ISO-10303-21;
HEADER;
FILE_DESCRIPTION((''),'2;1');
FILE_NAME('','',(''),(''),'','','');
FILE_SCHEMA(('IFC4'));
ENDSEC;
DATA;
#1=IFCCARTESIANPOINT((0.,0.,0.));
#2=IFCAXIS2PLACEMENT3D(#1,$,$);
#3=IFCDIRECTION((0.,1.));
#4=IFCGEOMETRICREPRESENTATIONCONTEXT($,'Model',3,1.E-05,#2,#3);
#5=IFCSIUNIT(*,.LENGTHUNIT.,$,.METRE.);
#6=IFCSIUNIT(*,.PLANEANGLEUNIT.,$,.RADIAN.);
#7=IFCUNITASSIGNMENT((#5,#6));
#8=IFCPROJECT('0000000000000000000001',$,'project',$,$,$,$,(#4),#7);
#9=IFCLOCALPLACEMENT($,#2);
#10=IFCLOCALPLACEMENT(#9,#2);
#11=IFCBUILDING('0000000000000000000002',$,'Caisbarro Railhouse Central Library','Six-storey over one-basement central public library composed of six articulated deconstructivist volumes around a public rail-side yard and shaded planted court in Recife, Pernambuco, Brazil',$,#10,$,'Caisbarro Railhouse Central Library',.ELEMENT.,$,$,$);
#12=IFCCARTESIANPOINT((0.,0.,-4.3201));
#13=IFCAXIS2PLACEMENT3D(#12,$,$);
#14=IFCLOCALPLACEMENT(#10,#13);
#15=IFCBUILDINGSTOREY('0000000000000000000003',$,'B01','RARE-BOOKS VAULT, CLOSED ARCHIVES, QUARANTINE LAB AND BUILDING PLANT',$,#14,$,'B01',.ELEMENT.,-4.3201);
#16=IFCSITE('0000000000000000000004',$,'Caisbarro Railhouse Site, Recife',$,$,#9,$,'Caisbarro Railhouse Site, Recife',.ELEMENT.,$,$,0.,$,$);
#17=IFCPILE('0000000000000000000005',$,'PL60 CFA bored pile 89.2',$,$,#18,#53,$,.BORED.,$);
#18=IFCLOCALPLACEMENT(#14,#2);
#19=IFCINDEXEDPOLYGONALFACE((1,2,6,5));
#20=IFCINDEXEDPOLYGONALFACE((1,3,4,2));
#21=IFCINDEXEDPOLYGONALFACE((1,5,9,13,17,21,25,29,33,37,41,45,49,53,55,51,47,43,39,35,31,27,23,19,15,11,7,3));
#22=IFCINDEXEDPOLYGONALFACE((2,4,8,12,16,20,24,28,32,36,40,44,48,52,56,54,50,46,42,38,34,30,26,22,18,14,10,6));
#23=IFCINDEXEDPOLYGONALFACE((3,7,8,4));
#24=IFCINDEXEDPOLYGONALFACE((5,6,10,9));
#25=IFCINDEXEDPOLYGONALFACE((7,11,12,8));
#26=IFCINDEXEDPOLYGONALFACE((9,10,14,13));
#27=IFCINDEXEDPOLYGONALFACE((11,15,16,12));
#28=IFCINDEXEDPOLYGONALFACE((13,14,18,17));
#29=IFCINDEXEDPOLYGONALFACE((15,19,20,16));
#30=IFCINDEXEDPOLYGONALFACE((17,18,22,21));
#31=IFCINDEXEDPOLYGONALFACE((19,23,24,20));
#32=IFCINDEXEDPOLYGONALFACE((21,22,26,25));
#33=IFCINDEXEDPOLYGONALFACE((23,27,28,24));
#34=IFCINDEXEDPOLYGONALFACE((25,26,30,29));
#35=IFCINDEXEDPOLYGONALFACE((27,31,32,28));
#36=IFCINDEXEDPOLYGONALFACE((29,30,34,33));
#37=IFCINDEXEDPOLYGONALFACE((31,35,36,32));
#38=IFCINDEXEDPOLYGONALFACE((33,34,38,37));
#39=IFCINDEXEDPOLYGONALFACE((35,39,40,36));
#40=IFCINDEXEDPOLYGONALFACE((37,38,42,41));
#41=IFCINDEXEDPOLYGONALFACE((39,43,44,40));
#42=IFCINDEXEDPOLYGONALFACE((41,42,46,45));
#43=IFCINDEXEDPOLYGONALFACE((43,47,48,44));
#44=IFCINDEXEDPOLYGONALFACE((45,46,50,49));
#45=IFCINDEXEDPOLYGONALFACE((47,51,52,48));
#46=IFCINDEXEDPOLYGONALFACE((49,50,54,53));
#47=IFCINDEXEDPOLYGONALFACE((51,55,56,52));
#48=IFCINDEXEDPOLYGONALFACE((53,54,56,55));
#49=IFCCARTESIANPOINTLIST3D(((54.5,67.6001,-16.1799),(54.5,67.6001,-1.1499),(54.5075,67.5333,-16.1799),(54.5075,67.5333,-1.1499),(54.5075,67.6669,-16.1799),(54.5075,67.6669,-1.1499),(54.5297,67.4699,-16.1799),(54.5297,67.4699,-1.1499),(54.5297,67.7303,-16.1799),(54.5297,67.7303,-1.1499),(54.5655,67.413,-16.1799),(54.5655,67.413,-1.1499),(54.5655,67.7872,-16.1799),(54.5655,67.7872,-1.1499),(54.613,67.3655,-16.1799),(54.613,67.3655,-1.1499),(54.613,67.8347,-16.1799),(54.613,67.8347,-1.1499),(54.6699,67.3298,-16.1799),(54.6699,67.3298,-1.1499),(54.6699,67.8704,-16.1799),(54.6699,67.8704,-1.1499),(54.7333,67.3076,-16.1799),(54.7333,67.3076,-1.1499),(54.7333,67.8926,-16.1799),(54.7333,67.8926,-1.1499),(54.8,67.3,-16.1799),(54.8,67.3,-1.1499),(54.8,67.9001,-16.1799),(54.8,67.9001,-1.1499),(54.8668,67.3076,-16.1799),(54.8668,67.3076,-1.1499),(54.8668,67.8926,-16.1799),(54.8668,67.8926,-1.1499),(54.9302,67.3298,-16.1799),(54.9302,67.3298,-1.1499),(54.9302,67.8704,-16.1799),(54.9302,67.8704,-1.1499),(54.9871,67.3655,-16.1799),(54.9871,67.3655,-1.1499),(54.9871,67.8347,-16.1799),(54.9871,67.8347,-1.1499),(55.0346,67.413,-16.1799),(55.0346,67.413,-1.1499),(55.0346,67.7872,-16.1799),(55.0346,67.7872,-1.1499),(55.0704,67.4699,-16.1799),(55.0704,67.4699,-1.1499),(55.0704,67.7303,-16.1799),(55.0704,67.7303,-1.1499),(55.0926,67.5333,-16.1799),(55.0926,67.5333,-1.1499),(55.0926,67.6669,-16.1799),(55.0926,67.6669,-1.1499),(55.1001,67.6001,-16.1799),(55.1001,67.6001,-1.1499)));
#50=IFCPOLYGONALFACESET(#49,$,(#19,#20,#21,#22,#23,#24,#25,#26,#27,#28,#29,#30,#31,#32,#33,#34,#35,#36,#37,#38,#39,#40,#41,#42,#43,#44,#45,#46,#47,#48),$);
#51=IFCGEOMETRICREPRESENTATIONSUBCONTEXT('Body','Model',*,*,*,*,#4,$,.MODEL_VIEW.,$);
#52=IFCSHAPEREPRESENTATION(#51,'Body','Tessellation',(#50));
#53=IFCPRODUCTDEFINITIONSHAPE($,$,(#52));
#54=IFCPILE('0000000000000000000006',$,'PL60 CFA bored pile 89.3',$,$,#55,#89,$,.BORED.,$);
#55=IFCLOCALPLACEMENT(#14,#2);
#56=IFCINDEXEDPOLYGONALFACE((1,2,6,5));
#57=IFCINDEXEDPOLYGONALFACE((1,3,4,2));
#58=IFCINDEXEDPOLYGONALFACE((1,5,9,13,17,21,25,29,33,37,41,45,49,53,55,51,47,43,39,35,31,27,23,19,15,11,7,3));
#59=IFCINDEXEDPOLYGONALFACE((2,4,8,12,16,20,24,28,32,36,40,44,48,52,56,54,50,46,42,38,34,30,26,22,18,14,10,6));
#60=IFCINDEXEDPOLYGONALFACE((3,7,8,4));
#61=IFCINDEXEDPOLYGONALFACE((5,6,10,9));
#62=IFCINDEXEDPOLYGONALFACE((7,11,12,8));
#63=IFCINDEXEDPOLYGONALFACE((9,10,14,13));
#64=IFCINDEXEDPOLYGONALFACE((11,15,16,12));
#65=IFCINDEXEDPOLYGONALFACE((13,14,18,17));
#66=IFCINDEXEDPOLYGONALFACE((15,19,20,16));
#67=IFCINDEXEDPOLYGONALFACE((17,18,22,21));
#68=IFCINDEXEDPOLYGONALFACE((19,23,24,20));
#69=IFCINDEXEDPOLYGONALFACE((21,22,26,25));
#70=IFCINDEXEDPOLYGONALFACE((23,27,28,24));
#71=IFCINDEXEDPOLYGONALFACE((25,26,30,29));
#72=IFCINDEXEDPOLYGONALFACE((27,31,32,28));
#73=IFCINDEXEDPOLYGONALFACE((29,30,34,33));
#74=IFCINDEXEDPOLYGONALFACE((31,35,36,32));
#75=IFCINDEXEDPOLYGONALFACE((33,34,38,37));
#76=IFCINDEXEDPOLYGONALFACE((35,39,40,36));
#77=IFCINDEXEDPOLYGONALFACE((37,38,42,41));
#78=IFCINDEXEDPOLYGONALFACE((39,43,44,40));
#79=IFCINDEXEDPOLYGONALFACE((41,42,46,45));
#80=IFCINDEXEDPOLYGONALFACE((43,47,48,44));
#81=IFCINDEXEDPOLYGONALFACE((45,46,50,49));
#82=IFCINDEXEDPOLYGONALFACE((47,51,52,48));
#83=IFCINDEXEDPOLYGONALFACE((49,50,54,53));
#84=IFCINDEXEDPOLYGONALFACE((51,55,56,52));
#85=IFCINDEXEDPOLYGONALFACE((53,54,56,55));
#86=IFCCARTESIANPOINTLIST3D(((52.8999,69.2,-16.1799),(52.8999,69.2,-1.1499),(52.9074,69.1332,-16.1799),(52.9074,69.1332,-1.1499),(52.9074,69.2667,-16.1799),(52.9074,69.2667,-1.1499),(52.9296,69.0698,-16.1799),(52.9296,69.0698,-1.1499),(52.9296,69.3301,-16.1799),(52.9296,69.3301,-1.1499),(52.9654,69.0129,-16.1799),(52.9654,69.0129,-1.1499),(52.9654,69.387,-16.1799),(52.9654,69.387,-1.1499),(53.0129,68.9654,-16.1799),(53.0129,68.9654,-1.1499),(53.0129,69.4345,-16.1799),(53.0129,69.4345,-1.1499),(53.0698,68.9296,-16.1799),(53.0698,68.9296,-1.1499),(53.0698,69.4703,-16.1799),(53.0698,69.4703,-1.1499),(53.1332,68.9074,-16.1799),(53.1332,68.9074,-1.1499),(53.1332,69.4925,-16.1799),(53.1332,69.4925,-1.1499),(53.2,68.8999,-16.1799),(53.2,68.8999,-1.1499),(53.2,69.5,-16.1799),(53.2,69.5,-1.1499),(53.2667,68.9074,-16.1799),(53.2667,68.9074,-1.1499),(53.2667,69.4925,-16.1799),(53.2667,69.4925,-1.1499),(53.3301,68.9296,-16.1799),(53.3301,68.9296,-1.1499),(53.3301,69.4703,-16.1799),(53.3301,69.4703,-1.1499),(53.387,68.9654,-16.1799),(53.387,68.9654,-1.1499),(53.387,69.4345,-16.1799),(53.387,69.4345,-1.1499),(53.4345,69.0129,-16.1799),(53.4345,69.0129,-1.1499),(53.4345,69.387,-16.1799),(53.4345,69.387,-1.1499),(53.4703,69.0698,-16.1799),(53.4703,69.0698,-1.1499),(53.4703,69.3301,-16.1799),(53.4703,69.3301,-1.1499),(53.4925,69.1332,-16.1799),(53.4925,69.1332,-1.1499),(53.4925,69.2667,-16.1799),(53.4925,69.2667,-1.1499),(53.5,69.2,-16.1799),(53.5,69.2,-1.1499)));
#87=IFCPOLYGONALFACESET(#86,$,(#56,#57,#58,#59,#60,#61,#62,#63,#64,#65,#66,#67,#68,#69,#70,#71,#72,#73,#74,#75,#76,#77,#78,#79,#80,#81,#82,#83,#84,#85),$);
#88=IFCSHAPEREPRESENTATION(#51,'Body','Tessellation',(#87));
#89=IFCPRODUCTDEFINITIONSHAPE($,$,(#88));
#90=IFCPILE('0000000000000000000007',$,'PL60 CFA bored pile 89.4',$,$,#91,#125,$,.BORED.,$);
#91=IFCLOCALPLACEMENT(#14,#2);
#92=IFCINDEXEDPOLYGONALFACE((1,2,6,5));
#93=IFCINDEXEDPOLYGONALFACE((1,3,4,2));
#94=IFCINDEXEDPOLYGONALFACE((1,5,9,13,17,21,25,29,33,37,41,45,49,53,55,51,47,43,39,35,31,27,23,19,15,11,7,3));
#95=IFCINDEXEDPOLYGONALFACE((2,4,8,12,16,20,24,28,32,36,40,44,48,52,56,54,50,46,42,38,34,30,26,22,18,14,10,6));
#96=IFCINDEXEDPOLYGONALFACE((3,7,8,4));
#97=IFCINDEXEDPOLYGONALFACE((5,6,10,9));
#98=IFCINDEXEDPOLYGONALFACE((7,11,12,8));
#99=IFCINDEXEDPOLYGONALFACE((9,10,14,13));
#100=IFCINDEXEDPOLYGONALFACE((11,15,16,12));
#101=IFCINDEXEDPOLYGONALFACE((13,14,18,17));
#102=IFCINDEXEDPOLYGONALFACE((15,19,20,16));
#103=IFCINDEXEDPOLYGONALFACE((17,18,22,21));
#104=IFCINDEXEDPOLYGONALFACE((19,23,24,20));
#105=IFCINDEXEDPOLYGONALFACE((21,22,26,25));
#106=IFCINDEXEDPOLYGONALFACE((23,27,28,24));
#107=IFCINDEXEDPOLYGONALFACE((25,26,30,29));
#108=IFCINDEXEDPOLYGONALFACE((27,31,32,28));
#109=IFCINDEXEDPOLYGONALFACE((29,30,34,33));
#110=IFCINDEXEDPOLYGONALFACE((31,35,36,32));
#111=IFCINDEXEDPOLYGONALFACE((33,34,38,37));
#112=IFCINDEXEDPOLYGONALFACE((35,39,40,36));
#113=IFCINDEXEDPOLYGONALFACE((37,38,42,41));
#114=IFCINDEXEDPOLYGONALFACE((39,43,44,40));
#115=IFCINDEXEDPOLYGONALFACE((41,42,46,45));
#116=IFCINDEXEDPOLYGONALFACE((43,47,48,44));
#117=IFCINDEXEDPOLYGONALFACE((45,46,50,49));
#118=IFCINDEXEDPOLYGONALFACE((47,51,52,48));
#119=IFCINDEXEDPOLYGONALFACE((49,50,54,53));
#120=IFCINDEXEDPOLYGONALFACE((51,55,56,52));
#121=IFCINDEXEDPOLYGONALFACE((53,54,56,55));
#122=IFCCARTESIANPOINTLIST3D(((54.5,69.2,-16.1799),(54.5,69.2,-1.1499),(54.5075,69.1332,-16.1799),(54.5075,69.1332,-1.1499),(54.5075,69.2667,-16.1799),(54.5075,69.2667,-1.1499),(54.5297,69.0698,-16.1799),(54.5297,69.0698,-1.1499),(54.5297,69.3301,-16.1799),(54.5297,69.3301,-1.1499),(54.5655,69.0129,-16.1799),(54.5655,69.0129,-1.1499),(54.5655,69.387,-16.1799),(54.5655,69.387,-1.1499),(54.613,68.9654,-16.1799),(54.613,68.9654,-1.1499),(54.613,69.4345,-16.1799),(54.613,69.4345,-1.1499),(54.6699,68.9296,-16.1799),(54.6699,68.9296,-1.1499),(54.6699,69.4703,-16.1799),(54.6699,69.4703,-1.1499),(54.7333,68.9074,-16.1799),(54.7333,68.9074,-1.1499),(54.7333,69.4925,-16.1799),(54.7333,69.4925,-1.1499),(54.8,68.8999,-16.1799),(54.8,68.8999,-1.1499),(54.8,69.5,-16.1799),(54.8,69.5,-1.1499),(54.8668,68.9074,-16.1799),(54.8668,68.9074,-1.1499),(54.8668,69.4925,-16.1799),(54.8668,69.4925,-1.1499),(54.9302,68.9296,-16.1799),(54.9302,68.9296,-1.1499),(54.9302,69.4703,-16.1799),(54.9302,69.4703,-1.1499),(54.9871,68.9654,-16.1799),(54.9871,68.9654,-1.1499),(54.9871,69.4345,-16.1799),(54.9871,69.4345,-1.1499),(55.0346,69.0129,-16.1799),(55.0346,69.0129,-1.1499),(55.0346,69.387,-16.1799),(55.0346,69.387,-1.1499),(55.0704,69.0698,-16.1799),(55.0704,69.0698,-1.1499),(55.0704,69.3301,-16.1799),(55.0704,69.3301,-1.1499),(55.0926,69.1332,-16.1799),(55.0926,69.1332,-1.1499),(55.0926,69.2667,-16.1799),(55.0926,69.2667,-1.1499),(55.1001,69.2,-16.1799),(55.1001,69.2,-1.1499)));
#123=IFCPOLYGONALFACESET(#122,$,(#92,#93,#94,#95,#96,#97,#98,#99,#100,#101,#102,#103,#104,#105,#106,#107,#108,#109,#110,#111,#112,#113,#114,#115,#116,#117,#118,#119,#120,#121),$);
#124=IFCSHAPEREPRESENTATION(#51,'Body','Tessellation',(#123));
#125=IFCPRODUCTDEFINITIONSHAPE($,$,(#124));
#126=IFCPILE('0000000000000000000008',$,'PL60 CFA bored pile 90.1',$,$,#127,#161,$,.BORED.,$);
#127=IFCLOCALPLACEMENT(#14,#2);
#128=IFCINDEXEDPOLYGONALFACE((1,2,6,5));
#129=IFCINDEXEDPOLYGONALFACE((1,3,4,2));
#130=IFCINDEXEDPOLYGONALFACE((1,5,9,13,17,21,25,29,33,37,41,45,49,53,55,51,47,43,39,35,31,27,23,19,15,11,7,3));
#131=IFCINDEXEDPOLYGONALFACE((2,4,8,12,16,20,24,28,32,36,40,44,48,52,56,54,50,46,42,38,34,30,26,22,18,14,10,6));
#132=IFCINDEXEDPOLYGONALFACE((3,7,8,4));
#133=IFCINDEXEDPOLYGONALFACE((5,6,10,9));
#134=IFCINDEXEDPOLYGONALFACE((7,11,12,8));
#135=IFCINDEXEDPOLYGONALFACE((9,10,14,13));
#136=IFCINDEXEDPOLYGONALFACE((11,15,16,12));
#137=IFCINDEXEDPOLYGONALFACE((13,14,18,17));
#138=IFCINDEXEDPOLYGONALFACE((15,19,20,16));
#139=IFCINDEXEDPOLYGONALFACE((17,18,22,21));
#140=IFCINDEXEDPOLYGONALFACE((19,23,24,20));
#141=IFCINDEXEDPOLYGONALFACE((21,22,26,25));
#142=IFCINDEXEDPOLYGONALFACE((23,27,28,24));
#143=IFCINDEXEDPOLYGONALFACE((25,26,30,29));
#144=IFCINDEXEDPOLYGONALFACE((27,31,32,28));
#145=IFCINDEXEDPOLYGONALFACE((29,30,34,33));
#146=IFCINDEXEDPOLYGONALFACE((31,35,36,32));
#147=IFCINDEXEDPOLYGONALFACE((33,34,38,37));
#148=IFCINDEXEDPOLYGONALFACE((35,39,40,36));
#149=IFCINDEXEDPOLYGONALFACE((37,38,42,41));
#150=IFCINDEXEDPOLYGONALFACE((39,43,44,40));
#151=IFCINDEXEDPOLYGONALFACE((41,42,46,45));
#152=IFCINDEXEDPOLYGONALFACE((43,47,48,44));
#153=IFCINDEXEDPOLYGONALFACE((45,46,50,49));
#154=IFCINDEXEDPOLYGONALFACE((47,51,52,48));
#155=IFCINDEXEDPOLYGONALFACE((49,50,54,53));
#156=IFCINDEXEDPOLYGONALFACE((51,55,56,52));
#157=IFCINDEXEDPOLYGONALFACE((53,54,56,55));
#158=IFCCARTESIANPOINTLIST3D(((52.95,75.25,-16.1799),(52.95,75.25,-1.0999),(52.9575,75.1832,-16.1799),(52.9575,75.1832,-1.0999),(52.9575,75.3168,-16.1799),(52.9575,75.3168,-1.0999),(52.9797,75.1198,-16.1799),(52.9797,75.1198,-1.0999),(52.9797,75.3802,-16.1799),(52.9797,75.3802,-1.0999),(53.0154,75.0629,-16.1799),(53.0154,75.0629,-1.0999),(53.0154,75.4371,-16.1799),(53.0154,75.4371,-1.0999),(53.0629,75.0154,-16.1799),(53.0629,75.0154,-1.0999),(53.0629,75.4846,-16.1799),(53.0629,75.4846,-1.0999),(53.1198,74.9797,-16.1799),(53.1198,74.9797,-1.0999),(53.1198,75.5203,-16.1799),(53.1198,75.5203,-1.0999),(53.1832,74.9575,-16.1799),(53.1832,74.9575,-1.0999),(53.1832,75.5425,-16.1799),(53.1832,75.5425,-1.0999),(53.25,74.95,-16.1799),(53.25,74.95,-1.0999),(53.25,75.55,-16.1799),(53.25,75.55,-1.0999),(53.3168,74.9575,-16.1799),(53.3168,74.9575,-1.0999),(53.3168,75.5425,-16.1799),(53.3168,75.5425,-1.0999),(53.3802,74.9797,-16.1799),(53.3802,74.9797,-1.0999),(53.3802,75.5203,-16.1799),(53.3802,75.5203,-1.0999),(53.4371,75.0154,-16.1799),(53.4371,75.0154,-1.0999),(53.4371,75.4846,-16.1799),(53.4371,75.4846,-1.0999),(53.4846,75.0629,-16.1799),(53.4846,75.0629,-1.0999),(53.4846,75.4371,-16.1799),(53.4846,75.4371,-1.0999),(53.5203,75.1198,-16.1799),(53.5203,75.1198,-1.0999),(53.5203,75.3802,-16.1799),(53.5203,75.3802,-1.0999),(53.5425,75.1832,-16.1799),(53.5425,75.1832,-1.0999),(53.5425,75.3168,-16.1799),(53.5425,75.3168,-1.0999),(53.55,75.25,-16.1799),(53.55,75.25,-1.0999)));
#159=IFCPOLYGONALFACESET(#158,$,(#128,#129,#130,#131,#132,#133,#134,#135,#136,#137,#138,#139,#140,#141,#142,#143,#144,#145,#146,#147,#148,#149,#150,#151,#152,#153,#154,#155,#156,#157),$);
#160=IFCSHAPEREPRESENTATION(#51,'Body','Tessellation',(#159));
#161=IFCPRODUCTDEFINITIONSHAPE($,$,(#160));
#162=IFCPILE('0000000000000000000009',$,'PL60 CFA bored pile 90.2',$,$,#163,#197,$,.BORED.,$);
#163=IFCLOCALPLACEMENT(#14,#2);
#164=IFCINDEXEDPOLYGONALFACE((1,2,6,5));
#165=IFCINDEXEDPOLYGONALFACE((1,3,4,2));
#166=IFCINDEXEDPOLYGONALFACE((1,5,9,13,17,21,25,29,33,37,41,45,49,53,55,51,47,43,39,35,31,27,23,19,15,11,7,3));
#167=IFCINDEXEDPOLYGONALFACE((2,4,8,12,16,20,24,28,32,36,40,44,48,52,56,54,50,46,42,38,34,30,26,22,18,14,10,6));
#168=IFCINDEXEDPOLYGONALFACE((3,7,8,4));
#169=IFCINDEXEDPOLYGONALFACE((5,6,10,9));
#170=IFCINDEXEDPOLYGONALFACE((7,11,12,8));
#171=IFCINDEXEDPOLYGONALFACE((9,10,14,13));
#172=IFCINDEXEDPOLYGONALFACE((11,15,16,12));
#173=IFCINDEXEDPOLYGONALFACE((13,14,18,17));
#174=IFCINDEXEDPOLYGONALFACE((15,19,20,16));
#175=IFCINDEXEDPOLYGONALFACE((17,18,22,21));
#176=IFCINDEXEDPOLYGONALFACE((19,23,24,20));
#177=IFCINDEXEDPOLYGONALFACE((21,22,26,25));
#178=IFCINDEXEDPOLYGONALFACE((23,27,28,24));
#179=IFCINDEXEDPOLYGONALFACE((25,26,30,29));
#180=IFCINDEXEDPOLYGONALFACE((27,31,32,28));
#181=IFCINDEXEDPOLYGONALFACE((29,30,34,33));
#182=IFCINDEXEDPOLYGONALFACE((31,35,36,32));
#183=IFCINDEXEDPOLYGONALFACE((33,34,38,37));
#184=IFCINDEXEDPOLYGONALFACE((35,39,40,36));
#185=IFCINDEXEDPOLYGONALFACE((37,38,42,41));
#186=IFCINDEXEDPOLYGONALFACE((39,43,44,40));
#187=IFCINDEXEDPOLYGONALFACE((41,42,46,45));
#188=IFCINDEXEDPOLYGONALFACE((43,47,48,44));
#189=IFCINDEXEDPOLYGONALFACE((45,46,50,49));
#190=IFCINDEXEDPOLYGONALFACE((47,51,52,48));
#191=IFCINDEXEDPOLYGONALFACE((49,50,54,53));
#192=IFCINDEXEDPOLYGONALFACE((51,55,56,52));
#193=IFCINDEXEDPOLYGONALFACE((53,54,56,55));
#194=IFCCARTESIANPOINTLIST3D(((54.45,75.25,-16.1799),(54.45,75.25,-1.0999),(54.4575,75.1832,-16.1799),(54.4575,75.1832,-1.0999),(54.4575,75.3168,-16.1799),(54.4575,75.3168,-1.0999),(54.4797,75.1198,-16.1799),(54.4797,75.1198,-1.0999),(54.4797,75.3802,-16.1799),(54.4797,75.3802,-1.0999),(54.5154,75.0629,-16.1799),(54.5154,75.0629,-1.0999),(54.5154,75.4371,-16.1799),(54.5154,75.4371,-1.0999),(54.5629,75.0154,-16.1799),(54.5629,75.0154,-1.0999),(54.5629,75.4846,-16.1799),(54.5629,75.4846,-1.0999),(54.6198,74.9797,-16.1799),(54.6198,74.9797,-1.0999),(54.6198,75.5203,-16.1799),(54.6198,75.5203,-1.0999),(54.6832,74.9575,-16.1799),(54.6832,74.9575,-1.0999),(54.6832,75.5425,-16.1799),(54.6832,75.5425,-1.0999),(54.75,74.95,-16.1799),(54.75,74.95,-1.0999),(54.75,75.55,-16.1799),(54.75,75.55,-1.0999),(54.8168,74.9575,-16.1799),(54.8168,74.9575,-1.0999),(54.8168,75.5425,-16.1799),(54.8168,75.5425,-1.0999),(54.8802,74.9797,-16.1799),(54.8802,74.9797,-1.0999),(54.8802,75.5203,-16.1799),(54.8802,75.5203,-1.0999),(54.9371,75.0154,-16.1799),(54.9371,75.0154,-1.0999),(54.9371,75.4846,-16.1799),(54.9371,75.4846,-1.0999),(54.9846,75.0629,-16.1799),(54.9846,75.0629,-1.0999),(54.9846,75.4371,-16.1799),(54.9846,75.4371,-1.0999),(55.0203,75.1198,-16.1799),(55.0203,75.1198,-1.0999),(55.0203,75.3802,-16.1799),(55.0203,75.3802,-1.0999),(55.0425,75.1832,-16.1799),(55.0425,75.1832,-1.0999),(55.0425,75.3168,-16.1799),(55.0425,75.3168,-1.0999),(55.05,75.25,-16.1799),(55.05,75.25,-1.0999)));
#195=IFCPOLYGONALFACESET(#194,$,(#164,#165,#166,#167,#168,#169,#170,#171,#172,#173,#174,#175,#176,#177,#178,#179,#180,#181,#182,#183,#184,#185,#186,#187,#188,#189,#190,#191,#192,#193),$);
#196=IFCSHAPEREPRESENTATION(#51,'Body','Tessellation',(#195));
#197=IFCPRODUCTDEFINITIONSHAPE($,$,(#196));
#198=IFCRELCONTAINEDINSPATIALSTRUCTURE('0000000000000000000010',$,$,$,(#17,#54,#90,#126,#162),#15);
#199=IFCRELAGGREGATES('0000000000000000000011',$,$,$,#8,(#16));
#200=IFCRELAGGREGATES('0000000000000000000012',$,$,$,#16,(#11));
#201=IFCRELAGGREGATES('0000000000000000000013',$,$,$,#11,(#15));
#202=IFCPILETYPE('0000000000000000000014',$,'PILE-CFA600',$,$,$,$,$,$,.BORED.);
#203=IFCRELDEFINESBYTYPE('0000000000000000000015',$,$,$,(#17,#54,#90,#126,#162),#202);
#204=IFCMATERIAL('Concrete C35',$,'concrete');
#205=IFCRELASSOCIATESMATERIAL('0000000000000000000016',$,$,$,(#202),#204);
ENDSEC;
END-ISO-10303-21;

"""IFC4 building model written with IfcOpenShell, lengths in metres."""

from ifc_helpers import new_model, si_unit, direction, frame, origin, origin_2d, place, context, subcontext, project, spatial, circle, extrude, material, material_profile, profile_set, type_object, element, save


model = new_model("IFC4")

# Units and contexts
model_context = context("Model", 3, precision=1e-05, world=origin(), true_north=direction((0.0, 1.0)))
body_context = subcontext(model_context, "Body", "Model", "MODEL_VIEW")
ifc_project = project(units=[si_unit("LENGTHUNIT", "METRE"), si_unit("PLANEANGLEUNIT", "RADIAN")], contexts=[model_context])

# Site, building, storey
site_placement = place(None, origin())
site = spatial("IfcSite", under=ifc_project, at=site_placement, Name="Caisbarro Railhouse Site, Recife", LongName="Caisbarro Railhouse Site, Recife", CompositionType="ELEMENT", RefElevation=0.0)
building_placement = place(site_placement, origin())
building = spatial("IfcBuilding", under=site, at=building_placement, Name="Caisbarro Railhouse Central Library", Description="Six-storey over one-basement central public library composed of six articulated deconstructivist volumes around a public rail-side yard and shaded planted court in Recife, Pernambuco, Brazil", LongName="Caisbarro Railhouse Central Library", CompositionType="ELEMENT")
storey_placement = place(building_placement, frame((0.0, 0.0, -4.3201)))
storey = spatial("IfcBuildingStorey", under=building, at=storey_placement, Name="B01", Description="RARE-BOOKS VAULT, CLOSED ARCHIVES, QUARANTINE LAB AND BUILDING PLANT", LongName="B01", CompositionType="ELEMENT", Elevation=-4.3201)

# Shared definitions
ifc_material_1 = material(Name="Concrete C35", Category="concrete")

# Piles
ifc_material_profile_1 = material_profile(ifc_material_1, circle(Radius=0.3, at=origin_2d()), Name="PILE-CFA-600")
ifc_profile_set_1 = profile_set([ifc_material_profile_1], Name="Concrete C35")
pile_type_1 = type_object("IfcPileType", Name="PILE-CFA600", PredefinedType="BORED", material=ifc_profile_set_1)
for number, where, z_axis, x_axis, name in (
    (1, (54.8, 67.6001, -1.1499), (0.0, 0.0, -1.0), (1.0, 0.0, 0.0), "PL60 CFA bored pile 89.2"),
    (2, (53.2, 69.2, -1.1499), (0.0, 0.0, -1.0), (1.0, 0.0, 0.0), "PL60 CFA bored pile 89.3"),
    (3, (54.8, 69.2, -1.1499), (0.0, 0.0, -1.0), (1.0, 0.0, 0.0), "PL60 CFA bored pile 89.4"),
):
    element("IfcPile", number, at=place(storey_placement, frame(where, z_axis=z_axis, x_axis=x_axis)), inside=storey, type_object=pile_type_1, Name=name, PredefinedType="BORED", context=body_context, shape_type="SweptSolid", body=[
        extrude(circle(Radius=0.3, at=origin_2d()), origin(), (0.0, 0.0, 1.0), 15.03),
    ])
for number, where, z_axis, x_axis, name in (
    (4, (53.25, 75.25, -1.0999), (0.0, 0.0, -1.0), (1.0, 0.0, 0.0), "PL60 CFA bored pile 90.1"),
    (5, (54.75, 75.25, -1.0999), (0.0, 0.0, -1.0), (1.0, 0.0, 0.0), "PL60 CFA bored pile 90.2"),
):
    element("IfcPile", number, at=place(storey_placement, frame(where, z_axis=z_axis, x_axis=x_axis)), inside=storey, type_object=pile_type_1, Name=name, PredefinedType="BORED", context=body_context, shape_type="SweptSolid", body=[
        extrude(circle(Radius=0.3, at=origin_2d()), origin(), (0.0, 0.0, 1.0), 15.0801),
    ])

save(model, "model.ifc")
